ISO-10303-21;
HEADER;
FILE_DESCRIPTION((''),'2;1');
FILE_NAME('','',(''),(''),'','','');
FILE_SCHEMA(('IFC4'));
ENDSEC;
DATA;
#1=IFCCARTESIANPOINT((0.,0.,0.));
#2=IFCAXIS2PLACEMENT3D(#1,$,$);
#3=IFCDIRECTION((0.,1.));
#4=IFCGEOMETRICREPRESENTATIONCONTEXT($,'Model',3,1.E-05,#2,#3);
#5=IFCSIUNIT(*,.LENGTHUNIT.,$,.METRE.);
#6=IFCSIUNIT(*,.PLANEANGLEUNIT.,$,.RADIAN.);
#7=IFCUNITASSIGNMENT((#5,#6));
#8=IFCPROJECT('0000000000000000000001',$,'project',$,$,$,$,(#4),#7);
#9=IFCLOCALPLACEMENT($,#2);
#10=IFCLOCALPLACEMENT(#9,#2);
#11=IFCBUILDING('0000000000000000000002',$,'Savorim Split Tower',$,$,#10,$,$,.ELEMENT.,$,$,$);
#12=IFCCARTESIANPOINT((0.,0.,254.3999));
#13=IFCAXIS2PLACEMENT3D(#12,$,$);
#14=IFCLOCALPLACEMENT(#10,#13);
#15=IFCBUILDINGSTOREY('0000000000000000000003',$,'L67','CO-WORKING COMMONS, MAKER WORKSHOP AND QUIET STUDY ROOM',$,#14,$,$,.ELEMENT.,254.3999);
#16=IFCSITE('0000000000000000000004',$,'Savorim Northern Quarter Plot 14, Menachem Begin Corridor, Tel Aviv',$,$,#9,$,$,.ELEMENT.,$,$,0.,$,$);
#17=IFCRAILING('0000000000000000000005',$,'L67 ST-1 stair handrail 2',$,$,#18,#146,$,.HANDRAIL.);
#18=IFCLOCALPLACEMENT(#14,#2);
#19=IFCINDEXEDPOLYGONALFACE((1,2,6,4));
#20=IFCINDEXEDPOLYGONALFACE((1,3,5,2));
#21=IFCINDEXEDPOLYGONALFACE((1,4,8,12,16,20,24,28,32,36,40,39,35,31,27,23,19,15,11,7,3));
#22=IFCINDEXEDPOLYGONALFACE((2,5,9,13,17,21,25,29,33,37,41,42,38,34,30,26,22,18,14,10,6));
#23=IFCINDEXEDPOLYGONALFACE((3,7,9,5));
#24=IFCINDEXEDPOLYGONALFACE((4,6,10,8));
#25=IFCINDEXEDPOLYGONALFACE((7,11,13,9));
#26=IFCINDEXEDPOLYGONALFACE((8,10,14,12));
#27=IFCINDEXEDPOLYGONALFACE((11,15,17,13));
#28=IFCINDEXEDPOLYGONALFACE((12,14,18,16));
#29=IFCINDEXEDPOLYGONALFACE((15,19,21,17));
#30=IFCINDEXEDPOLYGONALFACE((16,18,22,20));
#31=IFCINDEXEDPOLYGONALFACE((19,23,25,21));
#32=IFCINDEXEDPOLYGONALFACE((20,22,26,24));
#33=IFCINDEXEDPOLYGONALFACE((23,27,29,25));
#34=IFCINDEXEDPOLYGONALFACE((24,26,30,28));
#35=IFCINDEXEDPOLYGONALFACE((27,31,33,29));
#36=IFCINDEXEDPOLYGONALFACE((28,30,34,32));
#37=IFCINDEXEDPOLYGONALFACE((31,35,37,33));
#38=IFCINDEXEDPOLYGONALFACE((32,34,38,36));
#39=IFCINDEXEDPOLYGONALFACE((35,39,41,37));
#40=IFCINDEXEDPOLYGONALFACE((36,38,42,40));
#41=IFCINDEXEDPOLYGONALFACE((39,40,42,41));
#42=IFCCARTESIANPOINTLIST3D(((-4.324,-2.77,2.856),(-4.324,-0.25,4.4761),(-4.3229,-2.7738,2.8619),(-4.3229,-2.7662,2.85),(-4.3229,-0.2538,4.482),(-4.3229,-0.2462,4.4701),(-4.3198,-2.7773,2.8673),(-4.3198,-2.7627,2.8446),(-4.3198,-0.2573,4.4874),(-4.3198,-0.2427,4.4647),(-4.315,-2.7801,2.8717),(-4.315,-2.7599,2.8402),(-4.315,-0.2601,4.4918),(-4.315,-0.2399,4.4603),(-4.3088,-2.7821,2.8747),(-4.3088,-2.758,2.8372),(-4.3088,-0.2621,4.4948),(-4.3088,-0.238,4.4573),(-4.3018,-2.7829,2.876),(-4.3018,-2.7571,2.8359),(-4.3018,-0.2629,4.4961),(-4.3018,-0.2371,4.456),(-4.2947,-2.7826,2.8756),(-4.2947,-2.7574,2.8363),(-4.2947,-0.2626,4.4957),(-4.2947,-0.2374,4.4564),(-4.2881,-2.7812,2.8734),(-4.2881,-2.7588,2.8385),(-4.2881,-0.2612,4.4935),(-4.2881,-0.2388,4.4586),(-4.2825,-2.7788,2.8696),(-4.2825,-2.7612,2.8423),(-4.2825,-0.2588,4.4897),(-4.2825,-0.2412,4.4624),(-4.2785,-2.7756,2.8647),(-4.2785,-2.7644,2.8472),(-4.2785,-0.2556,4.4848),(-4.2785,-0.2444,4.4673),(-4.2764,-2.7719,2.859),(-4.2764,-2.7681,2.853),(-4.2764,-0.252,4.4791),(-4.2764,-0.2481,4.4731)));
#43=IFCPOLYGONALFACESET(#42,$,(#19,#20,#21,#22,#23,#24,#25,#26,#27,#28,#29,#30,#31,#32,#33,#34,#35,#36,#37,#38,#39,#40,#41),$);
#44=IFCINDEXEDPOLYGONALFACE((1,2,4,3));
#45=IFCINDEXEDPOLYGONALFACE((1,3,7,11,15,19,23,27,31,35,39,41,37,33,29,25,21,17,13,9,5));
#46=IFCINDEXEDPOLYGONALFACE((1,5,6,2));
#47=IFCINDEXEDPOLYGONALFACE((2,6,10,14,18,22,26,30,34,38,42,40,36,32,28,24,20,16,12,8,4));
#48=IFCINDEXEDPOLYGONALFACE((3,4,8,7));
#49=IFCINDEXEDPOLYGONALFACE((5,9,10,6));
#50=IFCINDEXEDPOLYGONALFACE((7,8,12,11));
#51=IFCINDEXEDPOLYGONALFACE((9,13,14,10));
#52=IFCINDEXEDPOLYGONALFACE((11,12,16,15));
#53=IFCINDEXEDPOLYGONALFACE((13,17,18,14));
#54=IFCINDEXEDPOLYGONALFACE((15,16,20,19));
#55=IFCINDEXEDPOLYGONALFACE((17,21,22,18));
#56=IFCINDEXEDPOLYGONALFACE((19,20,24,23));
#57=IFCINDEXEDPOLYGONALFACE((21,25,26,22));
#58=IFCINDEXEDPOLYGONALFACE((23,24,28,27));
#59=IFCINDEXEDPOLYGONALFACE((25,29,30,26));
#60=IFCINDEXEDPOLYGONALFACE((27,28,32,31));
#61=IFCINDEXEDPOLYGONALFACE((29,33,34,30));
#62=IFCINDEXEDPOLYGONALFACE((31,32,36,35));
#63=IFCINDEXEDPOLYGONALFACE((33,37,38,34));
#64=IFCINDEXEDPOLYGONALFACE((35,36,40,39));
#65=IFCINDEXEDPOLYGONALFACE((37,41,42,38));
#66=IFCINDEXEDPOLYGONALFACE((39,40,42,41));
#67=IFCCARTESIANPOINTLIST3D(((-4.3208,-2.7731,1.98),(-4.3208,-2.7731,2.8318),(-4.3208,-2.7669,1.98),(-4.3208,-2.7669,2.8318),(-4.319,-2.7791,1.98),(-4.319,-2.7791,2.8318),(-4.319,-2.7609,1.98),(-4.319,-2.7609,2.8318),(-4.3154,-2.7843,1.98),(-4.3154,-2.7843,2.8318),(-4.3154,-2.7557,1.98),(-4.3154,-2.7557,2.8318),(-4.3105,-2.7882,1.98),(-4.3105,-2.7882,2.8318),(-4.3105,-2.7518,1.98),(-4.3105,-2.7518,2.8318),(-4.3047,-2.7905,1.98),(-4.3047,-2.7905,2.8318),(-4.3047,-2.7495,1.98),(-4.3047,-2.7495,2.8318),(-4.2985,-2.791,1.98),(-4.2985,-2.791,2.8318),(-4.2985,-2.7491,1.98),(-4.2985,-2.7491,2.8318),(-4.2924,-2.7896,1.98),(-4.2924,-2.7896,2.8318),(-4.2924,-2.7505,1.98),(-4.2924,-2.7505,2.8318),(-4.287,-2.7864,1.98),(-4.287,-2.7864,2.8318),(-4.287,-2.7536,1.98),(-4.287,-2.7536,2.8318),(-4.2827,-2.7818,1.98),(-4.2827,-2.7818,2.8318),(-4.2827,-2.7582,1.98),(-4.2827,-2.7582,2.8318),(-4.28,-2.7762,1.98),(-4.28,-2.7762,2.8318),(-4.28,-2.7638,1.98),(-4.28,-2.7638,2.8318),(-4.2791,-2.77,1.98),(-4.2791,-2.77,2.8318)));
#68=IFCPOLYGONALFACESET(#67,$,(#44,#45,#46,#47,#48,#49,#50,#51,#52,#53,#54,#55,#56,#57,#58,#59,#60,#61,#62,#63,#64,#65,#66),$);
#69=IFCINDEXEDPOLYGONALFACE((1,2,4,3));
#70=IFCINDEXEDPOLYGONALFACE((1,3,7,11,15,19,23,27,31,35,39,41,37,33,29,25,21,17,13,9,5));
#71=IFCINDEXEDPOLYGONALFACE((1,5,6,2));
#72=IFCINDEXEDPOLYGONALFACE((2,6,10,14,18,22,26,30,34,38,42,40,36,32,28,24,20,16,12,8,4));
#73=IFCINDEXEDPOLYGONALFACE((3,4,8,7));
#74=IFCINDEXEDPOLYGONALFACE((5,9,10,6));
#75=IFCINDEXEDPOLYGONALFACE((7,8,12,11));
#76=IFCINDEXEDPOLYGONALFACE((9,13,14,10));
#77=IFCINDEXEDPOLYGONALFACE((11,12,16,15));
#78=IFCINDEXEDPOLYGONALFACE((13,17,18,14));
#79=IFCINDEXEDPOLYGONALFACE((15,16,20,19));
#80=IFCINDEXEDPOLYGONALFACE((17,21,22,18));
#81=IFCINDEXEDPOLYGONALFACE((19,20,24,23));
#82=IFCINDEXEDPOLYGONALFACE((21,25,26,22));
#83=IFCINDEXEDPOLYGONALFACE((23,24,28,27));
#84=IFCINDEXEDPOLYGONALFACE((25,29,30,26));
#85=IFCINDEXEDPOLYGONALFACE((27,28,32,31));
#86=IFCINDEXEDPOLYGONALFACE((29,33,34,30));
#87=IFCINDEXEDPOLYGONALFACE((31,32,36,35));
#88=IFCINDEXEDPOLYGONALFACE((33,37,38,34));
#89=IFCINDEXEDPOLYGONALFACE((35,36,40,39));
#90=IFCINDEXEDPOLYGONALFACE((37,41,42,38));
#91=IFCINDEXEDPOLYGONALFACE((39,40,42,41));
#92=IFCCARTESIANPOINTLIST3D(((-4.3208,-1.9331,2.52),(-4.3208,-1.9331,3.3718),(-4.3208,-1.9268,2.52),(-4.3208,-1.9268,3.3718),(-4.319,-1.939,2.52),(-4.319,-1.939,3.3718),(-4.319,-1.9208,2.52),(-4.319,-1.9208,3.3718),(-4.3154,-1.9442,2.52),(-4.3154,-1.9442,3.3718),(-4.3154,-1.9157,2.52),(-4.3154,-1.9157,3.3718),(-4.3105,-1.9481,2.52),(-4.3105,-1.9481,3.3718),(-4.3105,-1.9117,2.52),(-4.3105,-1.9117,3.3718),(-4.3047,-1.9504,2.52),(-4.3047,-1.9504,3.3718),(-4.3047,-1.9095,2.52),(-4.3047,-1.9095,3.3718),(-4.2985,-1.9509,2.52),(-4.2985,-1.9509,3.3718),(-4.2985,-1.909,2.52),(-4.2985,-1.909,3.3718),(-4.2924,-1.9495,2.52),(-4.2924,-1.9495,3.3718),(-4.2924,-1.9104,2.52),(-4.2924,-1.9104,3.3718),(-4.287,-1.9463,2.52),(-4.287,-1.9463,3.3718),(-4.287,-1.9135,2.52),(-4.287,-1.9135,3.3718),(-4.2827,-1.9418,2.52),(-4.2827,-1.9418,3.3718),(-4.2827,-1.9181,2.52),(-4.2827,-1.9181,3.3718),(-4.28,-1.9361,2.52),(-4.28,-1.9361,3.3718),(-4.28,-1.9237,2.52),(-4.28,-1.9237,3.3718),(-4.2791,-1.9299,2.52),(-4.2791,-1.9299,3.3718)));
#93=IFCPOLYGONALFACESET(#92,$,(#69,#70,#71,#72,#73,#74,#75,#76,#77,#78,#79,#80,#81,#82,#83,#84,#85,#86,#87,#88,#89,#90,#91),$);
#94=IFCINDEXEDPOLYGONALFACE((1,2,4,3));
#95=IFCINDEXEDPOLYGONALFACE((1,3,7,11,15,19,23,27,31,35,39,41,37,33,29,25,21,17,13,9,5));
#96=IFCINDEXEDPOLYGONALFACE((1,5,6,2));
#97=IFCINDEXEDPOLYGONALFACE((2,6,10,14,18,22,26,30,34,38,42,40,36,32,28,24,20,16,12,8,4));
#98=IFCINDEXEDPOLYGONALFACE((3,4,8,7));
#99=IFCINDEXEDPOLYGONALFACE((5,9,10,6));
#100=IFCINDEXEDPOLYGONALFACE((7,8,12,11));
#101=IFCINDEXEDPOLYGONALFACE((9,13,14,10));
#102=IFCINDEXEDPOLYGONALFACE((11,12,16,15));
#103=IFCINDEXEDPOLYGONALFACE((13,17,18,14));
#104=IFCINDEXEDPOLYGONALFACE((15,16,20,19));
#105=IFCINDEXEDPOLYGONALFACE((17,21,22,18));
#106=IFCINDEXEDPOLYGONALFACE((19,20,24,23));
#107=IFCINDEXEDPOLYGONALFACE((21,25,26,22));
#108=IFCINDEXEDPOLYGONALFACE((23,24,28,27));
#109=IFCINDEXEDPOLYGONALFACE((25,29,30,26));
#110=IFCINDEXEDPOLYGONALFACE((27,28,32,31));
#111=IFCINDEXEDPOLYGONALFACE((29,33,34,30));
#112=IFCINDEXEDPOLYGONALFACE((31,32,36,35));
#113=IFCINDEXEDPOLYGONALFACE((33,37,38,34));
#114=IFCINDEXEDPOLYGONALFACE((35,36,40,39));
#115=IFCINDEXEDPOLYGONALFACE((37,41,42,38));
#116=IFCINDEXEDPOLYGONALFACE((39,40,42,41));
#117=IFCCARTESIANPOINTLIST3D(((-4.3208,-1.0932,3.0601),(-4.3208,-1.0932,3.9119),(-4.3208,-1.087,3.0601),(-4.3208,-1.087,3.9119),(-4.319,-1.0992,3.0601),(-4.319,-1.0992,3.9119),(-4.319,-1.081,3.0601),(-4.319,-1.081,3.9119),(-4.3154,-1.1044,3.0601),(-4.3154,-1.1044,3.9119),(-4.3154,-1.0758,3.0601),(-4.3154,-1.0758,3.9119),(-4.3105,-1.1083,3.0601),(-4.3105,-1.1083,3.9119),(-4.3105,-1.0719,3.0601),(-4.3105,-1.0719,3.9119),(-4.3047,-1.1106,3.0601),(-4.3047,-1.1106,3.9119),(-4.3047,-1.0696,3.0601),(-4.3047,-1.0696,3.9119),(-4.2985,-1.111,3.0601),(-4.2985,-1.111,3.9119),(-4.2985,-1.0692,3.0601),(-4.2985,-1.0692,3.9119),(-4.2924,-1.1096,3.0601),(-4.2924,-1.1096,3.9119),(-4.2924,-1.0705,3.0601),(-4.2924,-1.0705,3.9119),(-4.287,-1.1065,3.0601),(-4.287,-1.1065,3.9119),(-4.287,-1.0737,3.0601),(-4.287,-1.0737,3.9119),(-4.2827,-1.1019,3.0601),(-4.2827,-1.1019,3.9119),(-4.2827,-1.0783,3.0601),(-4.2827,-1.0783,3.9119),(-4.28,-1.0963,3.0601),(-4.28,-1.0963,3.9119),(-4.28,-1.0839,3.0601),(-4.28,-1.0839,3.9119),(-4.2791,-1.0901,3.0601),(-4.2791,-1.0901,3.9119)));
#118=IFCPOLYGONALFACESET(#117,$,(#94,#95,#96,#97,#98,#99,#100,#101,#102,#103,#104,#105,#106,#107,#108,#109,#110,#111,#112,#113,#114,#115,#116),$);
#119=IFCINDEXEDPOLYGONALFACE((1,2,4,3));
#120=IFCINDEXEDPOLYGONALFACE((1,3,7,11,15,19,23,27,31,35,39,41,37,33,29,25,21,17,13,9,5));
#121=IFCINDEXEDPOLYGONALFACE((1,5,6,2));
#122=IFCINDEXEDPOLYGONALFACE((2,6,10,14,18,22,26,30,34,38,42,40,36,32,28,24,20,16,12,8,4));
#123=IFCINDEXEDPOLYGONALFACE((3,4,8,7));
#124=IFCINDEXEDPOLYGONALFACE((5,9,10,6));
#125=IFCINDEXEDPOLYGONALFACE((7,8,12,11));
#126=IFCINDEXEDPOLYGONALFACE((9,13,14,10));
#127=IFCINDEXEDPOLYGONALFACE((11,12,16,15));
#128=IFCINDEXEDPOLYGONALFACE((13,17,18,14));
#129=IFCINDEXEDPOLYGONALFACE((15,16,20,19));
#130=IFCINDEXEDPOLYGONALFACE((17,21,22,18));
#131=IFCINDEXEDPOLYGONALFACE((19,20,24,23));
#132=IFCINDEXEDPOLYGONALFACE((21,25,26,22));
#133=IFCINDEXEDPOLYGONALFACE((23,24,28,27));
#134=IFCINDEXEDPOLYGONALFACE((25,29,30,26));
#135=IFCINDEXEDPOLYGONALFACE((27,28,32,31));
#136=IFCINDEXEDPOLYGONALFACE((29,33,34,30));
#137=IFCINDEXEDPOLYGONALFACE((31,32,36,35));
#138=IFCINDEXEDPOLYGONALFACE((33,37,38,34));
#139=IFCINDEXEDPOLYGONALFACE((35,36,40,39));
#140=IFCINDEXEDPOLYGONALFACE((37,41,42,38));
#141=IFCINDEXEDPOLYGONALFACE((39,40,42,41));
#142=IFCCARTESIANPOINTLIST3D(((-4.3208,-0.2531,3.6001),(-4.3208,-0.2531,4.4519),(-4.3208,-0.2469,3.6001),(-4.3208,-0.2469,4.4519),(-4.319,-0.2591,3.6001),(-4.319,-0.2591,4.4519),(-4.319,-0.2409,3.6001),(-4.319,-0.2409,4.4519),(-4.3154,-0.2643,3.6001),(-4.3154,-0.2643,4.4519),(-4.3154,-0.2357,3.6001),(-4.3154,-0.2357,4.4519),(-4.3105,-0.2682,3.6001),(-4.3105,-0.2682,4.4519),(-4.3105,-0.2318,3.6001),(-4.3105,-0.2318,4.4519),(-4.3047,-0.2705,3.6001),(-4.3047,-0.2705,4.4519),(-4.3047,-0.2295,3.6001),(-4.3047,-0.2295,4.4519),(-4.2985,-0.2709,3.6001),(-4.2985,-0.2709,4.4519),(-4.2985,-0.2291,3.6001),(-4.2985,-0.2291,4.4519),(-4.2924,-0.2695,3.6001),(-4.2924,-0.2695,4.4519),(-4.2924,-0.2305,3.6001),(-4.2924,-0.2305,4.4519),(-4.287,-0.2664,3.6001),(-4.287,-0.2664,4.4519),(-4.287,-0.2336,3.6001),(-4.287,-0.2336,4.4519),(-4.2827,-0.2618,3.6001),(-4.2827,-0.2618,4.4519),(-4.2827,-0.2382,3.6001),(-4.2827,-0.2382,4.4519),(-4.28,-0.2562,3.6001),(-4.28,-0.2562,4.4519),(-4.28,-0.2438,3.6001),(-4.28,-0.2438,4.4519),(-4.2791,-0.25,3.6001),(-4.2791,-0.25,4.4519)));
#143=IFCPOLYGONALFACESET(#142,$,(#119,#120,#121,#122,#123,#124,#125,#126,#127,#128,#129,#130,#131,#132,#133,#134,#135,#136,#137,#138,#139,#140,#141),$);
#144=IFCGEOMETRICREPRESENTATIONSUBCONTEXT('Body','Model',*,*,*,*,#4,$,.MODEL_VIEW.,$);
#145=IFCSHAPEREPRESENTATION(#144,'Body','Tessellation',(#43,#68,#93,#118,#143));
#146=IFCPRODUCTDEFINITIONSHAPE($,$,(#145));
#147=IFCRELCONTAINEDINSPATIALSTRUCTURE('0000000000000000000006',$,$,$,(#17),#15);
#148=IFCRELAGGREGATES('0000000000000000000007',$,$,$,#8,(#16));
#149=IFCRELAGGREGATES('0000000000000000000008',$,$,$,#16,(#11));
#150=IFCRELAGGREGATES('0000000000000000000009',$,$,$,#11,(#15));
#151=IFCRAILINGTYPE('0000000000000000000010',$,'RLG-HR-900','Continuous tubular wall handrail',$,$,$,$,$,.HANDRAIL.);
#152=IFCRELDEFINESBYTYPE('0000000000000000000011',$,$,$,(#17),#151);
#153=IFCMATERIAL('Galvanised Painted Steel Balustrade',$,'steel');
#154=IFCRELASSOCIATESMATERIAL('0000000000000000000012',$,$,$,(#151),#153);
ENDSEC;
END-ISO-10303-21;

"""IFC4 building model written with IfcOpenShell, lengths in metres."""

from ifc_helpers import new_model, si_unit, direction, frame, origin, origin_2d, place, context, subcontext, project, spatial, circle, extrude, material, type_object, element, save


model = new_model("IFC4")

# Units and contexts
model_context = context("Model", 3, precision=1e-05, world=origin(), true_north=direction((0.0, 1.0)))
body_context = subcontext(model_context, "Body", "Model", "MODEL_VIEW")
ifc_project = project(units=[si_unit("LENGTHUNIT", "METRE"), si_unit("PLANEANGLEUNIT", "RADIAN")], contexts=[model_context])

# Site, building, storey
site_placement = place(None, origin())
site = spatial("IfcSite", under=ifc_project, at=site_placement, Name="Savorim Northern Quarter Plot 14, Menachem Begin Corridor, Tel Aviv", CompositionType="ELEMENT", RefElevation=0.0)
building_placement = place(site_placement, origin())
building = spatial("IfcBuilding", under=site, at=building_placement, Name="Savorim Split Tower", CompositionType="ELEMENT")
storey_placement = place(building_placement, frame((0.0, 0.0, 254.3999)))
storey = spatial("IfcBuildingStorey", under=building, at=storey_placement, Name="L67", Description="CO-WORKING COMMONS, MAKER WORKSHOP AND QUIET STUDY ROOM", CompositionType="ELEMENT", Elevation=254.3999)

# Railing
ifc_material_1 = material(Name="Galvanised Painted Steel Balustrade", Category="steel")
railing_type_1 = type_object("IfcRailingType", Name="RLG-HR-900", Description="Continuous tubular wall handrail", PredefinedType="HANDRAIL", material=ifc_material_1)
railing_1_placement = place(storey_placement, frame((-4.3, -2.77, 1.98)))
element("IfcRailing", 1, at=railing_1_placement, inside=storey, type_object=railing_type_1, Name="L67 ST-1 stair handrail 2", PredefinedType="HANDRAIL", context=body_context, shape_type="SweptSolid", body=[
    extrude(circle(Radius=0.0239, at=origin_2d()), frame((0.0, 0.0, 0.876), z_axis=(0.0, 0.841163, 0.540782), x_axis=(-1.0, 0.0, 0.0)), (0.0, 0.0, 1.0), 2.9958),
    extrude(circle(Radius=0.021, at=origin_2d()), origin(), (0.0, 0.0, 1.0), 0.8518),
    extrude(circle(Radius=0.021, at=origin_2d()), frame((0.0, 0.8401, 0.54)), (0.0, 0.0, 1.0), 0.8518),
    extrude(circle(Radius=0.021, at=origin_2d()), frame((0.0, 1.6799, 1.0801)), (0.0, 0.0, 1.0), 0.8518),
    extrude(circle(Radius=0.021, at=origin_2d()), frame((0.0, 2.52, 1.6201)), (0.0, 0.0, 1.0), 0.8518),
])

save(model, "model.ifc")
